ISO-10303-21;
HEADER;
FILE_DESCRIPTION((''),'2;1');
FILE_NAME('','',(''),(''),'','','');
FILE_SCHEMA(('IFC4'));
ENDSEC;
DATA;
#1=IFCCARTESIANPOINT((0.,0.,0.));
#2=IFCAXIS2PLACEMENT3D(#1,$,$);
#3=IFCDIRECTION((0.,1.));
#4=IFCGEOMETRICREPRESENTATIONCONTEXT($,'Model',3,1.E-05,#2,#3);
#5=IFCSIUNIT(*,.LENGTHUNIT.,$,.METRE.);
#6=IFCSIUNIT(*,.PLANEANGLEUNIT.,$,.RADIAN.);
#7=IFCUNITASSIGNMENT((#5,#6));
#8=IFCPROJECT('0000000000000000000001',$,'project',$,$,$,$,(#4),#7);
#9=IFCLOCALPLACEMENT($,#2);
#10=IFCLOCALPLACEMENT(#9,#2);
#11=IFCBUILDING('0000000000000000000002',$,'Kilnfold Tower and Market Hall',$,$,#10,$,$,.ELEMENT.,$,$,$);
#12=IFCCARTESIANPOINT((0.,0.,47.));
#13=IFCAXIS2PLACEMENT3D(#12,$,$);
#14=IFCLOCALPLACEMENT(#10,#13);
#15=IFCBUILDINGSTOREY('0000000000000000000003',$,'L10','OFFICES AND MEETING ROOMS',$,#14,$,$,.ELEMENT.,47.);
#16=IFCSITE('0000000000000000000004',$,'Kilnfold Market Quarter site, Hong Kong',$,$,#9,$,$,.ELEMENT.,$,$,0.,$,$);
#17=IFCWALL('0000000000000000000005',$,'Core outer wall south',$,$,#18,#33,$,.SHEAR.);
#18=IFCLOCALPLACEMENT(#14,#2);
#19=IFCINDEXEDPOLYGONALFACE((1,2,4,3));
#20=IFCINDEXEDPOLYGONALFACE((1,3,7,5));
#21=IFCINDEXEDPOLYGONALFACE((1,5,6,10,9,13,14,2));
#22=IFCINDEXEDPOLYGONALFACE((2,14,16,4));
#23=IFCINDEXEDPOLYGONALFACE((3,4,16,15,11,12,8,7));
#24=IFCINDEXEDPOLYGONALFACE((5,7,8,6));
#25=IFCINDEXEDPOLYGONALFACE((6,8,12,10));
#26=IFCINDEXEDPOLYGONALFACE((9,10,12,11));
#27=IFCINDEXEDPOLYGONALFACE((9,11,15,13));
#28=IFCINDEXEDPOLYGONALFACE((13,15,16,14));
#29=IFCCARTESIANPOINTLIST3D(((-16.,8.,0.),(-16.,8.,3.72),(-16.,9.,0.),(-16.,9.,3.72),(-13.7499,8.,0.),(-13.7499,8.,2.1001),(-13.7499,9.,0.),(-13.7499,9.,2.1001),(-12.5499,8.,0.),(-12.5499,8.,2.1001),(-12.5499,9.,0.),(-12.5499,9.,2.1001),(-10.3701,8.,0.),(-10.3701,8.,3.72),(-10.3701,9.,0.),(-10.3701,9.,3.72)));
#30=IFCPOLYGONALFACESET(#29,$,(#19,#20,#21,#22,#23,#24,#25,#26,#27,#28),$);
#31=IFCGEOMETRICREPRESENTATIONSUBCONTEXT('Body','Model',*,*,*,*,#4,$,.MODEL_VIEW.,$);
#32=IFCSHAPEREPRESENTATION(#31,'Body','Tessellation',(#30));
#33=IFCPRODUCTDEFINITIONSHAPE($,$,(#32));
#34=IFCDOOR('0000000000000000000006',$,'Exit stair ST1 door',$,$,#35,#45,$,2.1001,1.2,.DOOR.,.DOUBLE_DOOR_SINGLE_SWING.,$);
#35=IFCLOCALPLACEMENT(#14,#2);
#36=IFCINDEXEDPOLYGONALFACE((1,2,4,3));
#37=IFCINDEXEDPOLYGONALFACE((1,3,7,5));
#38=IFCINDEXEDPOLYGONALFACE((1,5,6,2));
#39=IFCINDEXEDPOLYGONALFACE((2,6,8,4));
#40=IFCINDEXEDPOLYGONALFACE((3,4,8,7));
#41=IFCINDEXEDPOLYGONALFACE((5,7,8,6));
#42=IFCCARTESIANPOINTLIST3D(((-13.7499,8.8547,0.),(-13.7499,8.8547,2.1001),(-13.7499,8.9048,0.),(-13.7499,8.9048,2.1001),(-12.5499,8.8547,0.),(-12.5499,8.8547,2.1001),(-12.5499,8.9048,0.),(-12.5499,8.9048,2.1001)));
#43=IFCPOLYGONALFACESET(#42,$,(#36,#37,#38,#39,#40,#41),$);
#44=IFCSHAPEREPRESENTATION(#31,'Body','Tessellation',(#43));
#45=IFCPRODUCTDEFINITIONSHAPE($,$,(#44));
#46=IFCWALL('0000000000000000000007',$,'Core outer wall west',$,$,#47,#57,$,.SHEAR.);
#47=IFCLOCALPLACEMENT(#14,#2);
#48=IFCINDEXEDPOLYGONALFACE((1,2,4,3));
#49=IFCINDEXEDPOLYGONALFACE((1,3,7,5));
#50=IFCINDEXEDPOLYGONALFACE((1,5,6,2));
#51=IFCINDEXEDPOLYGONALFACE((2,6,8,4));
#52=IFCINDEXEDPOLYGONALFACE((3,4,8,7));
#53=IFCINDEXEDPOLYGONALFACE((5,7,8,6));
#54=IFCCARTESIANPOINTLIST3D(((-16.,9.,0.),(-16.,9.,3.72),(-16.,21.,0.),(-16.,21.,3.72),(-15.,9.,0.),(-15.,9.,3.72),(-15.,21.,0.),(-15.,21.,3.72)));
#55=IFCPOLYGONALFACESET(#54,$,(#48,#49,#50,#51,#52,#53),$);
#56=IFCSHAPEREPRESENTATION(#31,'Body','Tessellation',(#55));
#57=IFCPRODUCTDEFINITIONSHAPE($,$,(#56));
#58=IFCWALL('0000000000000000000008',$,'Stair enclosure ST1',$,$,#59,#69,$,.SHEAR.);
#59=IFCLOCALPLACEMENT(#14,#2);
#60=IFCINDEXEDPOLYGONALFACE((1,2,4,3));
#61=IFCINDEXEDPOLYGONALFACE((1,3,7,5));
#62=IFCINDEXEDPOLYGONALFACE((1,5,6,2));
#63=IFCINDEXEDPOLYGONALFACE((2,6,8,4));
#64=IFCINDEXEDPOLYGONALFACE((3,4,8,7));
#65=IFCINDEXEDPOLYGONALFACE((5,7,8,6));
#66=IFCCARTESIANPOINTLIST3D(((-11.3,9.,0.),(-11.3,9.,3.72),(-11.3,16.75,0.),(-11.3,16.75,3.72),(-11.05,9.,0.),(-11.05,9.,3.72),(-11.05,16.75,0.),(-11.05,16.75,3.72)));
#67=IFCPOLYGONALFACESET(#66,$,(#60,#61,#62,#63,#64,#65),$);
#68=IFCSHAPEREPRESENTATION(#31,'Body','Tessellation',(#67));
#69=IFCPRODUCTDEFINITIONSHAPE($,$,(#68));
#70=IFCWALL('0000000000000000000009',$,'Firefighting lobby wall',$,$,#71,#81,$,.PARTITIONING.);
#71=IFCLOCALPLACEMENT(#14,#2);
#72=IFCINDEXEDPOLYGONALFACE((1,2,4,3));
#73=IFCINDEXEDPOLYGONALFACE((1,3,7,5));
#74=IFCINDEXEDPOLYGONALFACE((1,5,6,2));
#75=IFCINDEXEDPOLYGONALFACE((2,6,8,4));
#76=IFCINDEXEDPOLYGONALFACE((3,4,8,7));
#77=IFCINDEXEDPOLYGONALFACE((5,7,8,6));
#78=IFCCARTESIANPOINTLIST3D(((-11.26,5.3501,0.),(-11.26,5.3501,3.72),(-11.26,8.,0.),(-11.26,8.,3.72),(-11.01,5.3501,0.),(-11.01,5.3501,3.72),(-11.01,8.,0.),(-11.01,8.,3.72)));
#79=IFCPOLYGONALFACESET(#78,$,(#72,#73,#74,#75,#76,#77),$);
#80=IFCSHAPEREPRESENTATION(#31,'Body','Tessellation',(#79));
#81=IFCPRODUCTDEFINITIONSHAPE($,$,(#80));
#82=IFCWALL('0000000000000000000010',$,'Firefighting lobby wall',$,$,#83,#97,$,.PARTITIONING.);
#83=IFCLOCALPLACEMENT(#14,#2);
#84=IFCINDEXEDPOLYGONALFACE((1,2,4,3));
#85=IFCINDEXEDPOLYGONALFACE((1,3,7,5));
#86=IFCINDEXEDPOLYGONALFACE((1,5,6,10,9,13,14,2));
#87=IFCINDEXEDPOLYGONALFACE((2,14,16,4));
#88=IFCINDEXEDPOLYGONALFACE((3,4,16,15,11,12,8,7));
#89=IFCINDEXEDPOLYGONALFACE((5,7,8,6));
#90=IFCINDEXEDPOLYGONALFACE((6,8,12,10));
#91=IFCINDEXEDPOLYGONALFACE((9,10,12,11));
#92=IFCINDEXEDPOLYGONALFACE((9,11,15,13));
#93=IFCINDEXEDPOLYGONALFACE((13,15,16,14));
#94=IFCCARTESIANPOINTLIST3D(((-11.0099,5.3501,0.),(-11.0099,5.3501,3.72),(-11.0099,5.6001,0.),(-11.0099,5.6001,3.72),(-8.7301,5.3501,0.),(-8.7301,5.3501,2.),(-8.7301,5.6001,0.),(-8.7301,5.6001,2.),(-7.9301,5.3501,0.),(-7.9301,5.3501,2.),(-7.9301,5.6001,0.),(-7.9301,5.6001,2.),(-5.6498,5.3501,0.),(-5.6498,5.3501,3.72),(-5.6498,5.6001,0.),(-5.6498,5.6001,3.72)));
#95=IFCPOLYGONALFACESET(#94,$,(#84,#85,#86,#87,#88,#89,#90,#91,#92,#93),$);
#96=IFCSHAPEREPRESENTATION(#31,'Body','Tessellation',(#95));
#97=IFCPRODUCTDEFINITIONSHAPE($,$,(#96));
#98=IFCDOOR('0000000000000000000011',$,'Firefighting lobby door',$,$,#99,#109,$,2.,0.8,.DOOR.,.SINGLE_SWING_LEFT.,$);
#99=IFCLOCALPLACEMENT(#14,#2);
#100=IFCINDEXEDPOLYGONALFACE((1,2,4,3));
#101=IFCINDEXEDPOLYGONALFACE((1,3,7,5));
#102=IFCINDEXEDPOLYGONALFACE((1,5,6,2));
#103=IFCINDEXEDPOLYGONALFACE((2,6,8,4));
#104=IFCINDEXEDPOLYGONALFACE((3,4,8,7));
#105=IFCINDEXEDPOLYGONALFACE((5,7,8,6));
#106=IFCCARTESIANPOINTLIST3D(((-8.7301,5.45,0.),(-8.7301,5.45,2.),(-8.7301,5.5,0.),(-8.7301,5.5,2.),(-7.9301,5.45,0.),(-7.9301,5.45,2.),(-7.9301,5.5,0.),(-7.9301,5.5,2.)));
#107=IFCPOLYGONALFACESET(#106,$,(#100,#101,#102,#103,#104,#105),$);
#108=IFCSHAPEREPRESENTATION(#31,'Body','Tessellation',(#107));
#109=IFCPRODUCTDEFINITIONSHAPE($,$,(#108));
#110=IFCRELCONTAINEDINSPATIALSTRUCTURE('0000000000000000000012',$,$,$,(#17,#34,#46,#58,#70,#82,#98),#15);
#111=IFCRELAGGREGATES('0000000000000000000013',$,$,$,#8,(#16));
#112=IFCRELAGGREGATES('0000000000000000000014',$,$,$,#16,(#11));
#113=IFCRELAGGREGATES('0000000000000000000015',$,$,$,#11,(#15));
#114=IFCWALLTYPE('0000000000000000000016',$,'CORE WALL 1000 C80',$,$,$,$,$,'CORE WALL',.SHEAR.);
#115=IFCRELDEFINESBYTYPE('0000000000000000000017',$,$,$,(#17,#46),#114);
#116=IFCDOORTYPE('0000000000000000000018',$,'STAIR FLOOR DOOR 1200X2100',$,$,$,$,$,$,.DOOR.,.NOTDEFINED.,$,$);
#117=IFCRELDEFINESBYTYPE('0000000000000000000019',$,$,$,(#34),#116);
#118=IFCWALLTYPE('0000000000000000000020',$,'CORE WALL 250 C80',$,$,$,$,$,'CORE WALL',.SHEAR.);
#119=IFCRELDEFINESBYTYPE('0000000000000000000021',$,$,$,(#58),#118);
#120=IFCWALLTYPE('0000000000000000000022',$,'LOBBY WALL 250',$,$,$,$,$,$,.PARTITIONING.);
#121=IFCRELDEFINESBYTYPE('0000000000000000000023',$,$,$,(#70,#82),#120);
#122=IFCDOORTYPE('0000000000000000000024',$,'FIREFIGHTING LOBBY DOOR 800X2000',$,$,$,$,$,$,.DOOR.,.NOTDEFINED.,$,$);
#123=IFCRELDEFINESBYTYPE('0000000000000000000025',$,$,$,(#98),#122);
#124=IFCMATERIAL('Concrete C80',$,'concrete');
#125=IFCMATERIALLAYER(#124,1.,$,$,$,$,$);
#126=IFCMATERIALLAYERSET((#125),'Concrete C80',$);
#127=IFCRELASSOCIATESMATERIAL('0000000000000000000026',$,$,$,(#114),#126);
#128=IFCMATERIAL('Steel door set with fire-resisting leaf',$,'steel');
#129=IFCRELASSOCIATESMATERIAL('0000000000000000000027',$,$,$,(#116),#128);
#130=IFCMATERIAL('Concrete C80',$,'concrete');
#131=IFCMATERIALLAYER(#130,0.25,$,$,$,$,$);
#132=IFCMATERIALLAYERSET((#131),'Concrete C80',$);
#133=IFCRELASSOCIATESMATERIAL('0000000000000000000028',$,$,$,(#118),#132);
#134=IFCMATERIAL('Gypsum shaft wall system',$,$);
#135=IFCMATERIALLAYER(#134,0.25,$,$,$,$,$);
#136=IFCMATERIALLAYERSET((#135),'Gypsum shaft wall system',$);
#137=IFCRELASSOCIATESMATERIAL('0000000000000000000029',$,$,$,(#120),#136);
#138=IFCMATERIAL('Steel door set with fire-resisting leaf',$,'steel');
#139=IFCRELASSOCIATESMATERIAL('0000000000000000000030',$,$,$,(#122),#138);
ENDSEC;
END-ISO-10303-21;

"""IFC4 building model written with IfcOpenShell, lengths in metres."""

from ifc_helpers import new_model, si_unit, direction, frame, frame_2d, origin, place, context, subcontext, project, spatial, rectangle, extrude, source, transform, mapped, material, layer, layer_set, type_object, element, fill, save


model = new_model("IFC4")

# Units and contexts
model_context = context("Model", 3, precision=1e-05, world=origin(), true_north=direction((0.0, 1.0)))
body_context = subcontext(model_context, "Body", "Model", "MODEL_VIEW")
ifc_project = project(units=[si_unit("LENGTHUNIT", "METRE"), si_unit("PLANEANGLEUNIT", "RADIAN")], contexts=[model_context])

# Site, building, storey
site_placement = place(None, origin())
site = spatial("IfcSite", under=ifc_project, at=site_placement, Name="Kilnfold Market Quarter site, Hong Kong", CompositionType="ELEMENT", RefElevation=0.0)
building_placement = place(site_placement, origin())
building = spatial("IfcBuilding", under=site, at=building_placement, Name="Kilnfold Tower and Market Hall", CompositionType="ELEMENT")
storey_placement = place(building_placement, frame((0.0, 0.0, 47.0)))
storey = spatial("IfcBuildingStorey", under=building, at=storey_placement, Name="L10", Description="OFFICES AND MEETING ROOMS", CompositionType="ELEMENT", Elevation=47.0)

# Wall, opening, door
ifc_material_1 = material(Name="Concrete C80", Category="concrete")
ifc_layer_1 = layer(ifc_material_1, 1.0)
ifc_layer_set_1 = layer_set([ifc_layer_1], Name="Concrete C80")
wall_type_1 = type_object("IfcWallType", Name="CORE WALL 1000 C80", ElementType="CORE WALL", PredefinedType="SHEAR", material=ifc_layer_set_1)
shared_shape_1 = source(origin(), body_context, "Body", "SweptSolid", [
    extrude(rectangle(XDim=5.6299, YDim=1.0, at=frame_2d((2.8149, 0.0))), origin(), (0.0, 0.0, 1.0), 3.72),
])
wall_1_placement = place(storey_placement, frame((-16.0, 8.5, 0.0), z_axis=(0.0, 0.0, 1.0), x_axis=(1.0, 0.0, 0.0)))
wall_1 = element("IfcWall", 1, at=wall_1_placement, inside=storey, type_object=wall_type_1, Name="Core outer wall south", PredefinedType="SHEAR", context=body_context, shape_type="MappedRepresentation", body=[
    mapped(shared_shape_1, transform((0.0, 0.0, 0.0))),
])
opening_1_placement = place(wall_1_placement, frame((2.25, 0.0, 0.0)))
opening_1 = element("IfcOpeningElement", 2, at=opening_1_placement, cuts=wall_1, PredefinedType="OPENING", context=body_context, shape_type="SweptSolid", body=[
    extrude(rectangle(XDim=1.2, YDim=2.1001, at=frame_2d((0.6001, 1.05))), frame((0.0, 0.51, 0.0), z_axis=(0.0, -1.0, 0.0), x_axis=(1.0, 0.0, 0.0)), (0.0, 0.0, 1.0), 1.02),
])
ifc_material_2 = material(Name="Steel door set with fire-resisting leaf", Category="steel")
door_type_1 = type_object("IfcDoorType", Name="STAIR FLOOR DOOR 1200X2100", OperationType="NOTDEFINED", PredefinedType="DOOR", material=ifc_material_2)
door_1_placement = place(opening_1_placement, origin())
door_1 = element("IfcDoor", 3, at=door_1_placement, inside=storey, type_object=door_type_1, Name="Exit stair ST1 door", OperationType="DOUBLE_DOOR_SINGLE_SWING", OverallHeight=2.1001, OverallWidth=1.2, PredefinedType="DOOR", context=body_context, shape_type="SweptSolid", body=[
    extrude(rectangle(XDim=1.2, YDim=2.1001, at=frame_2d((0.6001, 1.05))), frame((0.0, 0.4048, 0.0), z_axis=(0.0, -1.0, 0.0), x_axis=(1.0, 0.0, 0.0)), (0.0, 0.0, 1.0), 0.05),
])
fill(opening_1, door_1)

# Walls
shared_shape_2 = source(origin(), body_context, "Body", "SweptSolid", [
    extrude(rectangle(XDim=12.0, YDim=1.0, at=frame_2d((6.0, 0.0))), origin(), (0.0, 0.0, 1.0), 3.72),
])
wall_2_placement = place(storey_placement, frame((-15.5, 9.0, 0.0), z_axis=(0.0, 0.0, 1.0), x_axis=(0.0, 1.0, 0.0)))
element("IfcWall", 4, at=wall_2_placement, inside=storey, type_object=wall_type_1, Name="Core outer wall west", PredefinedType="SHEAR", context=body_context, shape_type="MappedRepresentation", body=[
    mapped(shared_shape_2, transform((0.0, 0.0, 0.0))),
])
ifc_material_3 = material(Name="Concrete C80", Category="concrete")
ifc_layer_2 = layer(ifc_material_3, 0.25)
ifc_layer_set_2 = layer_set([ifc_layer_2], Name="Concrete C80")
wall_type_2 = type_object("IfcWallType", Name="CORE WALL 250 C80", ElementType="CORE WALL", PredefinedType="SHEAR", material=ifc_layer_set_2)
shared_shape_3 = source(origin(), body_context, "Body", "SweptSolid", [
    extrude(rectangle(XDim=7.75, YDim=0.25, at=frame_2d((3.875, 0.0))), origin(), (0.0, 0.0, 1.0), 3.72),
])
wall_3_placement = place(storey_placement, frame((-11.175, 9.0, 0.0), z_axis=(0.0, 0.0, 1.0), x_axis=(0.0, 1.0, 0.0)))
element("IfcWall", 5, at=wall_3_placement, inside=storey, type_object=wall_type_2, Name="Stair enclosure ST1", PredefinedType="SHEAR", context=body_context, shape_type="MappedRepresentation", body=[
    mapped(shared_shape_3, transform((0.0, 0.0, 0.0))),
])
ifc_material_4 = material(Name="Gypsum shaft wall system")
ifc_layer_3 = layer(ifc_material_4, 0.25)
ifc_layer_set_3 = layer_set([ifc_layer_3], Name="Gypsum shaft wall system")
wall_type_3 = type_object("IfcWallType", Name="LOBBY WALL 250", PredefinedType="PARTITIONING", material=ifc_layer_set_3)
shared_shape_4 = source(origin(), body_context, "Body", "SweptSolid", [
    extrude(rectangle(XDim=2.6499, YDim=0.25, at=frame_2d((1.325, 0.0))), origin(), (0.0, 0.0, 1.0), 3.72),
])
wall_4_placement = place(storey_placement, frame((-11.135, 5.3501, 0.0), z_axis=(0.0, 0.0, 1.0), x_axis=(0.0, 1.0, 0.0)))
element("IfcWall", 6, at=wall_4_placement, inside=storey, type_object=wall_type_3, Name="Firefighting lobby wall", PredefinedType="PARTITIONING", context=body_context, shape_type="MappedRepresentation", body=[
    mapped(shared_shape_4, transform((0.0, 0.0, 0.0))),
])

# Wall, opening, door
shared_shape_5 = source(origin(), body_context, "Body", "SweptSolid", [
    extrude(rectangle(XDim=5.3601, YDim=0.25, at=frame_2d((2.6802, 0.0))), origin(), (0.0, 0.0, 1.0), 3.72),
])
wall_5_placement = place(storey_placement, frame((-11.01, 5.4751, 0.0), z_axis=(0.0, 0.0, 1.0), x_axis=(1.0, 0.0, 0.0)))
wall_5 = element("IfcWall", 7, at=wall_5_placement, inside=storey, type_object=wall_type_3, Name="Firefighting lobby wall", PredefinedType="PARTITIONING", context=body_context, shape_type="MappedRepresentation", body=[
    mapped(shared_shape_5, transform((0.0, 0.0, 0.0))),
])
opening_2_placement = place(wall_5_placement, frame((2.28, 0.0, 0.0)))
opening_2 = element("IfcOpeningElement", 8, at=opening_2_placement, cuts=wall_5, PredefinedType="OPENING", context=body_context, shape_type="SweptSolid", body=[
    extrude(rectangle(XDim=0.8, YDim=2.0, at=frame_2d((0.3999, 1.0))), frame((0.0, 0.135, 0.0), z_axis=(0.0, -1.0, 0.0), x_axis=(1.0, 0.0, 0.0)), (0.0, 0.0, 1.0), 0.27),
])
ifc_material_5 = material(Name="Steel door set with fire-resisting leaf", Category="steel")
door_type_2 = type_object("IfcDoorType", Name="FIREFIGHTING LOBBY DOOR 800X2000", OperationType="NOTDEFINED", PredefinedType="DOOR", material=ifc_material_5)
door_2_placement = place(opening_2_placement, origin())
door_2 = element("IfcDoor", 9, at=door_2_placement, inside=storey, type_object=door_type_2, Name="Firefighting lobby door", OperationType="SINGLE_SWING_LEFT", OverallHeight=2.0, OverallWidth=0.8, PredefinedType="DOOR", context=body_context, shape_type="SweptSolid", body=[
    extrude(rectangle(XDim=0.8, YDim=2.0, at=frame_2d((0.3999, 1.0))), frame((0.0, 0.0249, 0.0), z_axis=(0.0, -1.0, 0.0), x_axis=(1.0, 0.0, 0.0)), (0.0, 0.0, 1.0), 0.05),
])
fill(opening_2, door_2)

save(model, "model.ifc")
